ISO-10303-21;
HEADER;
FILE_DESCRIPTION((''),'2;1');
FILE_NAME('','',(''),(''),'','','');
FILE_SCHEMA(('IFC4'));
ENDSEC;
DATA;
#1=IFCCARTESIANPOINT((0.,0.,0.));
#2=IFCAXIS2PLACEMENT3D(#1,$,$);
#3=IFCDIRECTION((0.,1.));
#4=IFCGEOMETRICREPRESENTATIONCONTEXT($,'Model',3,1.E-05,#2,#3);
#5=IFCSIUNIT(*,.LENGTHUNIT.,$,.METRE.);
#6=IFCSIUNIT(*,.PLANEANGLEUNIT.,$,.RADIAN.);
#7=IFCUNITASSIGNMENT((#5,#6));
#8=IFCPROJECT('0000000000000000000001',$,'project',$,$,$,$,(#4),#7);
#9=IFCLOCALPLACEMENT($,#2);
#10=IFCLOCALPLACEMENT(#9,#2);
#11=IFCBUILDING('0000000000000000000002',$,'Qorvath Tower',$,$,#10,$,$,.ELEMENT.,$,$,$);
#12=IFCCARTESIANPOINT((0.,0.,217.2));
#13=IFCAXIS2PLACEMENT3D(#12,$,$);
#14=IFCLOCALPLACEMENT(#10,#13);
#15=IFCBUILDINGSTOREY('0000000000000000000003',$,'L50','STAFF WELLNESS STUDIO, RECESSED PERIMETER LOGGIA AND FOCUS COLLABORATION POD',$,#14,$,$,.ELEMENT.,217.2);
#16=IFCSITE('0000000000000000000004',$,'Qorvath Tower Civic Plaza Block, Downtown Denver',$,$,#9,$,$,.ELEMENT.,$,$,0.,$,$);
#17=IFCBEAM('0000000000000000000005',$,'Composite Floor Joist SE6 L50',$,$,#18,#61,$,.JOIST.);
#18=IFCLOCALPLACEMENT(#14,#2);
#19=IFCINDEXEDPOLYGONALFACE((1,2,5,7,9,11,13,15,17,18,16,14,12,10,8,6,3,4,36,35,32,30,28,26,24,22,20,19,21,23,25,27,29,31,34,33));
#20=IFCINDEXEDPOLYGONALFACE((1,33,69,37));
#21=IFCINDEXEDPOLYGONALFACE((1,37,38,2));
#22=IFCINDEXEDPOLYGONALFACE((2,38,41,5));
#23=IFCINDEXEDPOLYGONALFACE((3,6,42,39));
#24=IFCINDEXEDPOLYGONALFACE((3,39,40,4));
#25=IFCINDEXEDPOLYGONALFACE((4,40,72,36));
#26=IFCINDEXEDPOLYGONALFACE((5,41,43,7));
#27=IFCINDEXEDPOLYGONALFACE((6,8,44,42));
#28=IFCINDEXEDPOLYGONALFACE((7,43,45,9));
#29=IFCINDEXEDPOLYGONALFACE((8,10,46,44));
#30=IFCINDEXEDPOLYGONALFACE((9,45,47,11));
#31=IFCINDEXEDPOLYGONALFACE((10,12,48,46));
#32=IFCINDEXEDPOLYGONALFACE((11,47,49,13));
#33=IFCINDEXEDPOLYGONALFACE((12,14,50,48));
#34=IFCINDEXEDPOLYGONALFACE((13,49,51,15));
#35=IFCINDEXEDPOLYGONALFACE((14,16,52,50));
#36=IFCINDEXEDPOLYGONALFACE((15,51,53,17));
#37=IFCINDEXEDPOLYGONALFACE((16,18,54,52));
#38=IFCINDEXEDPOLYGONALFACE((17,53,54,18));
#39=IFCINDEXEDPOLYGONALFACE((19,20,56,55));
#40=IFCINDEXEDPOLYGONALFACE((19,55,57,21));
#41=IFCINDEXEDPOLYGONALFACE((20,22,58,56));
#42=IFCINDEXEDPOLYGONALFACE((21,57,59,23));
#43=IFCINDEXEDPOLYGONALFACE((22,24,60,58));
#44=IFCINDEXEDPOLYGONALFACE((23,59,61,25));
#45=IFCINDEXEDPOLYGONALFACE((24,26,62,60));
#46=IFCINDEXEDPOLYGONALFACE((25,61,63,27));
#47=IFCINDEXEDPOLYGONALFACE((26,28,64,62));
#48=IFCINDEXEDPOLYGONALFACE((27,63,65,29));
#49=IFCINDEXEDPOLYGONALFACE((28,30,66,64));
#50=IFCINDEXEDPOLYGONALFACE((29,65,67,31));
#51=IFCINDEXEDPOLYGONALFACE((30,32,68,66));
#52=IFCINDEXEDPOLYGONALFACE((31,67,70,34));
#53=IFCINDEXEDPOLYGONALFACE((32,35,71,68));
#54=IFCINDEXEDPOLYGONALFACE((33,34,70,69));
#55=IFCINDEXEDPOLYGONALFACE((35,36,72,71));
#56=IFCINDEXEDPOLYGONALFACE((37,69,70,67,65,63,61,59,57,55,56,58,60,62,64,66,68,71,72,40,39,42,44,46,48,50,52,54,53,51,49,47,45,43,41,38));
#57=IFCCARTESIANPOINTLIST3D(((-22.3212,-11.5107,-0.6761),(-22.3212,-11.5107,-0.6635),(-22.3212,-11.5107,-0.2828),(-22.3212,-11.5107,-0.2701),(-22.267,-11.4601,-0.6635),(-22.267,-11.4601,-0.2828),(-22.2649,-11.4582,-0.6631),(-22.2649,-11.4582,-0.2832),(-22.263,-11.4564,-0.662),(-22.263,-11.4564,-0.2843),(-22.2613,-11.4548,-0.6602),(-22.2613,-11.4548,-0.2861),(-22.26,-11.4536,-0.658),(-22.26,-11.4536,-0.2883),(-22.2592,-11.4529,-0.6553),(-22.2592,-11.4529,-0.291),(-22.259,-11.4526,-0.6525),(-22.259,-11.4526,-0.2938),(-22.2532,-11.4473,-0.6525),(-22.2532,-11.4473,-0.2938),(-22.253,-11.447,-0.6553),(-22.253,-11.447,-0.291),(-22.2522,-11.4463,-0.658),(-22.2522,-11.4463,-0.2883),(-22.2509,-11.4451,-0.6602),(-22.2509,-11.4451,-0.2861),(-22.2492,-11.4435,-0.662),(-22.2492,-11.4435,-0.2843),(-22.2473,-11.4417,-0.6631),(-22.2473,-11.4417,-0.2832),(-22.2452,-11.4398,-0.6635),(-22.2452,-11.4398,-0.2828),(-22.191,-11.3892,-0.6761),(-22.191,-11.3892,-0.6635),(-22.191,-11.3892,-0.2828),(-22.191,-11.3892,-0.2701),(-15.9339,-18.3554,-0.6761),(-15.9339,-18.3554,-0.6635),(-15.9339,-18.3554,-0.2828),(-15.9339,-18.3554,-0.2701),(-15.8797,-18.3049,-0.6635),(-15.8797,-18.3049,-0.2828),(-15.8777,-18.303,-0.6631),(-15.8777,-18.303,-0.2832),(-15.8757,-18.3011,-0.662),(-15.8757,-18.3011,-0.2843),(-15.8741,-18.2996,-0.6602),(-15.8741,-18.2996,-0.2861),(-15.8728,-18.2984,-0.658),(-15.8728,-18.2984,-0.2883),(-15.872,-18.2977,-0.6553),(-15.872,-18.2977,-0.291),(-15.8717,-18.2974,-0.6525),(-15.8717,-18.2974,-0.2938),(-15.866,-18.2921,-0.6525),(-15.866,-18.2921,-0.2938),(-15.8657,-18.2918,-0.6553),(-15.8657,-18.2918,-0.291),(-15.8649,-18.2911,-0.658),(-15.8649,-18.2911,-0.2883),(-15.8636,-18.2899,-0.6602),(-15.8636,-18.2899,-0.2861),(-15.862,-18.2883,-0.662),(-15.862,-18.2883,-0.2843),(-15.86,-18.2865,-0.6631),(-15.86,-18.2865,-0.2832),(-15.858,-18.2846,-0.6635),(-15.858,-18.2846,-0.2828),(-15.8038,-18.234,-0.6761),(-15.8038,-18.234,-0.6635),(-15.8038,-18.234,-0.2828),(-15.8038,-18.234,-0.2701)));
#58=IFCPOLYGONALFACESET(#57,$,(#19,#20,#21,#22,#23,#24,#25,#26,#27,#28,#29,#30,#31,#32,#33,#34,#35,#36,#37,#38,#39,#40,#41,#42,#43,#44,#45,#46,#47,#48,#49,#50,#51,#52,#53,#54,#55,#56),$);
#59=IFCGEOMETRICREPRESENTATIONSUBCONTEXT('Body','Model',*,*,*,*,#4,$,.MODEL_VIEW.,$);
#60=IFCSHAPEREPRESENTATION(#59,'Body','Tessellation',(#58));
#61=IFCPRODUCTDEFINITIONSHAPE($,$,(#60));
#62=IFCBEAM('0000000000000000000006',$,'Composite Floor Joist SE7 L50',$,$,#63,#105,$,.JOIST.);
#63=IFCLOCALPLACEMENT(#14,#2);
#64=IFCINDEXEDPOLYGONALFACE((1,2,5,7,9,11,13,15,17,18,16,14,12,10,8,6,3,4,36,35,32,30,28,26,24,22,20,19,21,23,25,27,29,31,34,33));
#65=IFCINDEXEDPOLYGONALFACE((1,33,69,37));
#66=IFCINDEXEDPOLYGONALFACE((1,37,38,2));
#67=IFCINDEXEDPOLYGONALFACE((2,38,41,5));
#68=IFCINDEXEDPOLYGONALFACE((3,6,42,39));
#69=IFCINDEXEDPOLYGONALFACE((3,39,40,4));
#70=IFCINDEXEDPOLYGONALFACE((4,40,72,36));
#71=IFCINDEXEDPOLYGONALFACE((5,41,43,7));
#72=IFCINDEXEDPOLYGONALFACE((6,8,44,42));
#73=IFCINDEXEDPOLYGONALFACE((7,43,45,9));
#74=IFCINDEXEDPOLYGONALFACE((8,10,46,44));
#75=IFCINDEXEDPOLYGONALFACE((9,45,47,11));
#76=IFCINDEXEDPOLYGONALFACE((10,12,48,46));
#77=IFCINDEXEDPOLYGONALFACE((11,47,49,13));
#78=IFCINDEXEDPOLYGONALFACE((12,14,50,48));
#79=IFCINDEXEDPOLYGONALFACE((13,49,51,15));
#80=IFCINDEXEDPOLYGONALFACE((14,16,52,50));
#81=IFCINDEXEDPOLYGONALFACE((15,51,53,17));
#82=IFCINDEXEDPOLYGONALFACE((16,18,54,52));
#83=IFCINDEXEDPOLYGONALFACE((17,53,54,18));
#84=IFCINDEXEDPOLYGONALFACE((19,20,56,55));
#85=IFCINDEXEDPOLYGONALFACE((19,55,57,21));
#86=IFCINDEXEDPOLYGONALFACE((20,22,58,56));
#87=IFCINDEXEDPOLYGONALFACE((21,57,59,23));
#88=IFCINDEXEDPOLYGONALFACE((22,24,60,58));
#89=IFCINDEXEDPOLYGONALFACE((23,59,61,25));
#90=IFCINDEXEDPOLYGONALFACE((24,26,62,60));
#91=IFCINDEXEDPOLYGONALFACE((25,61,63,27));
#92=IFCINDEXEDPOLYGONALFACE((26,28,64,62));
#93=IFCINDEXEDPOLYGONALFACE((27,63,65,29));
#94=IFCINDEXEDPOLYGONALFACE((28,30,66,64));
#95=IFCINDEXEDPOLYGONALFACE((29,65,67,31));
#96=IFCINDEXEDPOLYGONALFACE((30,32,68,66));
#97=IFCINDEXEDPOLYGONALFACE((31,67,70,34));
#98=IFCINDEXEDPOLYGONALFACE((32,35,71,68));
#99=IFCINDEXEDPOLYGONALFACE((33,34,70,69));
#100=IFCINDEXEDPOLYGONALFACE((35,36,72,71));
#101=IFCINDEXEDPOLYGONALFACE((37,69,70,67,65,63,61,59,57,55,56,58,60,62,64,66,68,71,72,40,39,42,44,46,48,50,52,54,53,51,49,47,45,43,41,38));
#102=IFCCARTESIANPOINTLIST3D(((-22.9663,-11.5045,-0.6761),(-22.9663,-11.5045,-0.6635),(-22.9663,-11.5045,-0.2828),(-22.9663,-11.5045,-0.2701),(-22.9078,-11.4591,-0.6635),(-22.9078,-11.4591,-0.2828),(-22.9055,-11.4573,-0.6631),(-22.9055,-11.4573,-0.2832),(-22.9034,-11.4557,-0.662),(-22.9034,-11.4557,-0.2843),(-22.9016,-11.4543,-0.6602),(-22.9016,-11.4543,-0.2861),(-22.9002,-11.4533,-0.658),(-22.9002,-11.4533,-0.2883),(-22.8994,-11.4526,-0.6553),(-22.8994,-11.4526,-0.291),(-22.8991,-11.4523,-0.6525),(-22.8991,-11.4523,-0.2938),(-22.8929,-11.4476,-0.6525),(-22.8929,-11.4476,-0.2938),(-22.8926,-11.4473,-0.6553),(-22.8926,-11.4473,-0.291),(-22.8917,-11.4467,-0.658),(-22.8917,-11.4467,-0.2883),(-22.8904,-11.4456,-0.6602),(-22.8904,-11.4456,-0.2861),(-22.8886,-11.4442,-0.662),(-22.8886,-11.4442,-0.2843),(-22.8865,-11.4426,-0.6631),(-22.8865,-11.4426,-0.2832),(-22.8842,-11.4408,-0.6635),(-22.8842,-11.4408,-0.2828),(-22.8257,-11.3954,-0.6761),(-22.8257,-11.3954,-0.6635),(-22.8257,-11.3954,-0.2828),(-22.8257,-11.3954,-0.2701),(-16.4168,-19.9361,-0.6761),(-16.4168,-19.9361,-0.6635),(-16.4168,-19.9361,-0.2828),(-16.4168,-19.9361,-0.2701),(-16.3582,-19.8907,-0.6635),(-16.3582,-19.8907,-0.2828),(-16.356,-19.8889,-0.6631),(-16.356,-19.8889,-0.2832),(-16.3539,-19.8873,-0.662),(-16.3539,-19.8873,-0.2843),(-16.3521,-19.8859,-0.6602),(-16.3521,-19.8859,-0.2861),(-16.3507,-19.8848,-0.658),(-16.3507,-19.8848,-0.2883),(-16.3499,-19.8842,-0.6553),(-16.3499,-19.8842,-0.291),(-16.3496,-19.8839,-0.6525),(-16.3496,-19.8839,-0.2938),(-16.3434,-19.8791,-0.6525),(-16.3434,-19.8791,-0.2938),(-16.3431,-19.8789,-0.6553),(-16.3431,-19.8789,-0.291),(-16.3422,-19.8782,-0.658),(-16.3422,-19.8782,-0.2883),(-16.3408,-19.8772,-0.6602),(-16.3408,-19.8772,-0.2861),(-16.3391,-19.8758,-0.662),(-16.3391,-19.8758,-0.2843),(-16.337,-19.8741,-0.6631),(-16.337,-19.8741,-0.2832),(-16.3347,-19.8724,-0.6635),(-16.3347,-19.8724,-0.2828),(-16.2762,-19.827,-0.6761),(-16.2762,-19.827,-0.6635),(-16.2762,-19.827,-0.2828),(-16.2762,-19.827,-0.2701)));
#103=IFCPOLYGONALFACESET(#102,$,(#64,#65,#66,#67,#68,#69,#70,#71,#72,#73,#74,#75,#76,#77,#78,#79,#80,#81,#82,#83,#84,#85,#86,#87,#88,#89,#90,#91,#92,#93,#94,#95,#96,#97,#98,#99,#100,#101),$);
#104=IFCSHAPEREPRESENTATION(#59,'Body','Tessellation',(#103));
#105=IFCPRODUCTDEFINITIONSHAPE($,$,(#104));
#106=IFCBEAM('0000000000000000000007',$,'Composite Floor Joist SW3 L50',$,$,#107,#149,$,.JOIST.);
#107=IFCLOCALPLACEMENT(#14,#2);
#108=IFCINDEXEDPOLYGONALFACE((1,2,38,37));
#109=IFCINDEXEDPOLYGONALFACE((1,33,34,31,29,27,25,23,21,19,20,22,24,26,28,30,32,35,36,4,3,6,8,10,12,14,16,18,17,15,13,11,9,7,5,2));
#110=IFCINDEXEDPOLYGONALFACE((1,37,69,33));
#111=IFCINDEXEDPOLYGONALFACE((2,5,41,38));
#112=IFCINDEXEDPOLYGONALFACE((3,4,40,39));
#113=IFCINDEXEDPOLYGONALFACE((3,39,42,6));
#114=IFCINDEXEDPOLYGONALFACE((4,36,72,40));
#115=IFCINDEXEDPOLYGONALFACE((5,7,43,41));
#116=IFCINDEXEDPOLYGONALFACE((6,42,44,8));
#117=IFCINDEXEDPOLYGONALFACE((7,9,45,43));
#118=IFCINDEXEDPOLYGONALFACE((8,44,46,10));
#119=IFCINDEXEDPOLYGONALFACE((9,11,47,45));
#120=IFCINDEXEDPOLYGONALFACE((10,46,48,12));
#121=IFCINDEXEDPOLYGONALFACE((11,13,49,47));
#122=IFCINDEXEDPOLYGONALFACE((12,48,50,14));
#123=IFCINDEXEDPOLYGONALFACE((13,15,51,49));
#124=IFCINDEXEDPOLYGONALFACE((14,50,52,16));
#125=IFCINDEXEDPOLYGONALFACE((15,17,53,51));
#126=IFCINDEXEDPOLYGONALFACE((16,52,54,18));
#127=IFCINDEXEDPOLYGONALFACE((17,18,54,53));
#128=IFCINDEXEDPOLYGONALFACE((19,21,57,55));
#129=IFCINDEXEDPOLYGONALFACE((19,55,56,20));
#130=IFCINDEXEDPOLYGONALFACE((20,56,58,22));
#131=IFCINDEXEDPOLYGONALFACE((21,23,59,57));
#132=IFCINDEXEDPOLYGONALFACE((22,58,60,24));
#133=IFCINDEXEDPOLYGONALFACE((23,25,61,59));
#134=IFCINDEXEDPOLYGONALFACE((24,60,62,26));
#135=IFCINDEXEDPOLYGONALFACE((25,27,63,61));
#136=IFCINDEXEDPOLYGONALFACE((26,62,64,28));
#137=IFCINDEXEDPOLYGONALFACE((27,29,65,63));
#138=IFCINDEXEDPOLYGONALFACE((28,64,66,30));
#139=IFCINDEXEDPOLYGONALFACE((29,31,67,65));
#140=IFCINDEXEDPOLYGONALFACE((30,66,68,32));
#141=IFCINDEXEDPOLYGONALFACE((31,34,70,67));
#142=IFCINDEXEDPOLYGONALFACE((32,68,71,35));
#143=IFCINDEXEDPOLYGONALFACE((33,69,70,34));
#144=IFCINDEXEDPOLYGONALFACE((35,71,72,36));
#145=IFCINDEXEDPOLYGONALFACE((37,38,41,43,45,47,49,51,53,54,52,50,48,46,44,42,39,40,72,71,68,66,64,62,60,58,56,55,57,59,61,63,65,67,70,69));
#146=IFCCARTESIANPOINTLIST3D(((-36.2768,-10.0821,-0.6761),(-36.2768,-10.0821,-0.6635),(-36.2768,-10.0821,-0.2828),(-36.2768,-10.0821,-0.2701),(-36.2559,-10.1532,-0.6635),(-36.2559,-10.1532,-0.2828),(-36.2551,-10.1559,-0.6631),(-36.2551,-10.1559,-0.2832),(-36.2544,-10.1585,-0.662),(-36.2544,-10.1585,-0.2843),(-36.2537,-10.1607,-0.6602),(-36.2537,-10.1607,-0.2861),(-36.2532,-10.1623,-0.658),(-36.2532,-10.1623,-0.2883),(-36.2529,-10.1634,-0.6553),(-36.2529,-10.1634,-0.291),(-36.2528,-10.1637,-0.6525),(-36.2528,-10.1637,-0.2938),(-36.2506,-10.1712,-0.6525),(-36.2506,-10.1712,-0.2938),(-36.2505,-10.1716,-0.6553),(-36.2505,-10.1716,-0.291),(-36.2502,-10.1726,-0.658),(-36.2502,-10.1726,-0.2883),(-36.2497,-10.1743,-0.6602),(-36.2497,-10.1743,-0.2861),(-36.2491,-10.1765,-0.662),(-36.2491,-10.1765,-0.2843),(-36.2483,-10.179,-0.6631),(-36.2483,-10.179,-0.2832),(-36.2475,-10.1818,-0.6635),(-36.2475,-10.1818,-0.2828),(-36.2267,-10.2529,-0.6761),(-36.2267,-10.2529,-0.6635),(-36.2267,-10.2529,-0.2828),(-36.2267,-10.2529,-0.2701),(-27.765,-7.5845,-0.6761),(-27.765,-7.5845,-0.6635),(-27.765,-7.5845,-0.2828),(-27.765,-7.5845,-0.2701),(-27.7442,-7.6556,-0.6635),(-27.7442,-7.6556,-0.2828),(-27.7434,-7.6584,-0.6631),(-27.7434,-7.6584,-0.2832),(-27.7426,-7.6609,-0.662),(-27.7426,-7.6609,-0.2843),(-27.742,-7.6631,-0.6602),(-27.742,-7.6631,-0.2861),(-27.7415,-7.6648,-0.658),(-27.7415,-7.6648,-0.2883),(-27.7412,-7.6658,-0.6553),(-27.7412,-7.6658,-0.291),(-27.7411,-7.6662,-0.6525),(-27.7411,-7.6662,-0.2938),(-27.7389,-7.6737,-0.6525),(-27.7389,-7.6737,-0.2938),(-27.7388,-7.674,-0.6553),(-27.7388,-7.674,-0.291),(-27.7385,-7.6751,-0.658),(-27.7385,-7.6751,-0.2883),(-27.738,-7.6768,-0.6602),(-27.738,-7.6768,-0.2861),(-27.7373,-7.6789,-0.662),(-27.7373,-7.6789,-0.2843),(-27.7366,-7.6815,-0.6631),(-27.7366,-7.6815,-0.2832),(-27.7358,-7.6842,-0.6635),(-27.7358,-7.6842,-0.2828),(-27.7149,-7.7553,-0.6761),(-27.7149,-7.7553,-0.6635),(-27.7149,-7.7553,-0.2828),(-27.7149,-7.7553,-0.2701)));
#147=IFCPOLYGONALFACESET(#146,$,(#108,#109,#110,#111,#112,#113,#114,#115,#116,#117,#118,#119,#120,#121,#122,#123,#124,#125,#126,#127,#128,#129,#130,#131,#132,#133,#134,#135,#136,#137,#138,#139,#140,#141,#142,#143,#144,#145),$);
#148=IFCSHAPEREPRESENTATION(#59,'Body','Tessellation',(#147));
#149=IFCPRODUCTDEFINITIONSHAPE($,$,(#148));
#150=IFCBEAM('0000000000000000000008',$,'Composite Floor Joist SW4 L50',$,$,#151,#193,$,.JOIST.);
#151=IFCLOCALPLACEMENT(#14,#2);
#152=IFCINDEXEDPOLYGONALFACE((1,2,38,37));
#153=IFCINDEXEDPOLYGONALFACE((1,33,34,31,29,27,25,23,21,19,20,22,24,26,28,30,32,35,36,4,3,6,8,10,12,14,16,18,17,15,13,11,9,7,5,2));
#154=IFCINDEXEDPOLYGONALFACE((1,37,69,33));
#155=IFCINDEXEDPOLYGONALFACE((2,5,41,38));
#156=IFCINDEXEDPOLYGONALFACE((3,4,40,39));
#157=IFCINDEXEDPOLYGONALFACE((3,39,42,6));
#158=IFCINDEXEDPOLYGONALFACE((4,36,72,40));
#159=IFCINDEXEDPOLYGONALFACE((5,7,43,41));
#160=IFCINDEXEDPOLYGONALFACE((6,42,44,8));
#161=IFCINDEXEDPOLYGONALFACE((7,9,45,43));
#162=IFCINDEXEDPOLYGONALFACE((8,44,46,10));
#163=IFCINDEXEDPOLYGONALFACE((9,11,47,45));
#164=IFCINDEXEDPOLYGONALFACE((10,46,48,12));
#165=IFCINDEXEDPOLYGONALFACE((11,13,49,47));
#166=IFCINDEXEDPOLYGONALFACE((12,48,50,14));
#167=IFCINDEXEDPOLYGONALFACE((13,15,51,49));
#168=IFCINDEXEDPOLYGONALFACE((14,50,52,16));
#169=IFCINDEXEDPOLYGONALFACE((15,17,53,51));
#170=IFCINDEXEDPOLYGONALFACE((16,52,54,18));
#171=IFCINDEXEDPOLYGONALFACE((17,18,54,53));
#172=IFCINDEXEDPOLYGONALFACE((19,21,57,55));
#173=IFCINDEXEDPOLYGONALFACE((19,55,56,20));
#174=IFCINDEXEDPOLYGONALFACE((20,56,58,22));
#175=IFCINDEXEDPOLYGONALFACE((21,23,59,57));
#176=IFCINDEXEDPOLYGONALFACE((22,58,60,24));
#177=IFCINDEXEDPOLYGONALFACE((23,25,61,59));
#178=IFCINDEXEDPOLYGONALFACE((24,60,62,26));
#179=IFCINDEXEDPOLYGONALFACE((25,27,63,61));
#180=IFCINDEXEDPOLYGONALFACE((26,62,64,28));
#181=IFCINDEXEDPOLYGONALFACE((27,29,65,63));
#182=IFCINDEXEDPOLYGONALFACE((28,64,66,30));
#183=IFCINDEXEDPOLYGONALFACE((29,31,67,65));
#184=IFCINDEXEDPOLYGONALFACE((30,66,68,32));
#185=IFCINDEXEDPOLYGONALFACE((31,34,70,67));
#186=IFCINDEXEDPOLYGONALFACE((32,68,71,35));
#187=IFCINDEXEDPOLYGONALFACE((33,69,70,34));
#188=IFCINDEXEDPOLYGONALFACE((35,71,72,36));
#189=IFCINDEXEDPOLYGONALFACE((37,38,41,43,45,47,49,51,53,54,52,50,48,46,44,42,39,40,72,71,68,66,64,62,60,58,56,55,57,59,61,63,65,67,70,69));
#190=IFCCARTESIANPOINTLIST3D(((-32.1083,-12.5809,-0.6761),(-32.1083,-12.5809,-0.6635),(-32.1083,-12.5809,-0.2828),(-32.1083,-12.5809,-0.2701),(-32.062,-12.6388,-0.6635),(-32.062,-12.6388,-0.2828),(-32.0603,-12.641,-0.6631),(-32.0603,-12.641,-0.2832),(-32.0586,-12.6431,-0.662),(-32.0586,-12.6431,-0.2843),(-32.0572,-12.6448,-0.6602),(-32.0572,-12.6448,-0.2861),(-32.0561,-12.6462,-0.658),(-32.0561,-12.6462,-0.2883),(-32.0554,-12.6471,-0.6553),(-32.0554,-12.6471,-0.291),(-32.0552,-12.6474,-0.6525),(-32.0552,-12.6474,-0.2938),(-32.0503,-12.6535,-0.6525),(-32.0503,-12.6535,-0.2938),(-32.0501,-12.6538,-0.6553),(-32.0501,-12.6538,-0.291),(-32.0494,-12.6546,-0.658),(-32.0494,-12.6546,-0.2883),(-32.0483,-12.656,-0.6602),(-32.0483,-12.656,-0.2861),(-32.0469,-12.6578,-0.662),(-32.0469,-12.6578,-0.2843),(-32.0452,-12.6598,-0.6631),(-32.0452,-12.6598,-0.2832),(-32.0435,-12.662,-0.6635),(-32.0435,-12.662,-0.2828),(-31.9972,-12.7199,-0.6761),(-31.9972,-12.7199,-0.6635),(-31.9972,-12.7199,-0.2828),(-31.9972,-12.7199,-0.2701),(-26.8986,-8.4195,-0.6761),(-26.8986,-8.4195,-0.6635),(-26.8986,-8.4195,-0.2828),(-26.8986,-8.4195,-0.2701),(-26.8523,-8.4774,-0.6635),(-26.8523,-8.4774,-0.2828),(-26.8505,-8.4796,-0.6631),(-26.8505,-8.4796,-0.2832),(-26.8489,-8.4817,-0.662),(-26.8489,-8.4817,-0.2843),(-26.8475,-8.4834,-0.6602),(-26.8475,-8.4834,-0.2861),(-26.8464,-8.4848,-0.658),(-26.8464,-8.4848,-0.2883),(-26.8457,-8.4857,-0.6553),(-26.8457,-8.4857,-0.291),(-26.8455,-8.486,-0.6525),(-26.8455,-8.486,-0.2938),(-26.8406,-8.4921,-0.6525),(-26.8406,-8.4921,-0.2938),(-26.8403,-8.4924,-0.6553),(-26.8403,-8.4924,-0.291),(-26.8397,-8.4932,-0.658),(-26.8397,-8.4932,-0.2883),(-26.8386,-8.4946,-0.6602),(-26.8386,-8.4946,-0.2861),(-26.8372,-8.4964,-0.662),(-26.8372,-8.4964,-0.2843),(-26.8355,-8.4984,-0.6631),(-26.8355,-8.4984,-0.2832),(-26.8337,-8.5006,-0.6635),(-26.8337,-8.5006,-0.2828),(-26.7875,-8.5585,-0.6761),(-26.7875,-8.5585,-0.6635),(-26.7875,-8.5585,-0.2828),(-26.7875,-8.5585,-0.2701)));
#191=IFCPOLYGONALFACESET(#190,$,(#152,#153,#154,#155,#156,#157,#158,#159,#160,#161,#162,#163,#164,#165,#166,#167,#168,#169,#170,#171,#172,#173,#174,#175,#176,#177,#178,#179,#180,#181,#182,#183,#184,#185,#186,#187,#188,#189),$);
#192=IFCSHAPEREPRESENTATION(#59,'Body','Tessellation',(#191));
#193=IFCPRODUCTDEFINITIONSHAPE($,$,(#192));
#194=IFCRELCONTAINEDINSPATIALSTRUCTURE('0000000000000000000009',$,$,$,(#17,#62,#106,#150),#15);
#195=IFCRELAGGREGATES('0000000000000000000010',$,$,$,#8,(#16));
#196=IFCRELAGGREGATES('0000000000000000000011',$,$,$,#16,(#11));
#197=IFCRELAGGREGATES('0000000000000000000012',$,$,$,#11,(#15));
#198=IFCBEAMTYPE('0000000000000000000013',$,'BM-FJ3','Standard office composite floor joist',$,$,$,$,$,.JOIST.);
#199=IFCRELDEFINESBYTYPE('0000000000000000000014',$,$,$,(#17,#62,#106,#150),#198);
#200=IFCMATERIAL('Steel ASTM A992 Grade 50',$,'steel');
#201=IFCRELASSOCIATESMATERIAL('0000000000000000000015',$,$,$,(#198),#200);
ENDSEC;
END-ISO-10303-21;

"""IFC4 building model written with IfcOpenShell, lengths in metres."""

from ifc_helpers import new_model, si_unit, direction, frame, origin, origin_2d, place, context, subcontext, project, spatial, i_section, extrude, material, material_profile, profile_set, type_object, element, save


model = new_model("IFC4")

# Units and contexts
model_context = context("Model", 3, precision=1e-05, world=origin(), true_north=direction((0.0, 1.0)))
body_context = subcontext(model_context, "Body", "Model", "MODEL_VIEW")
ifc_project = project(units=[si_unit("LENGTHUNIT", "METRE"), si_unit("PLANEANGLEUNIT", "RADIAN")], contexts=[model_context])

# Site, building, storey
site_placement = place(None, origin())
site = spatial("IfcSite", under=ifc_project, at=site_placement, Name="Qorvath Tower Civic Plaza Block, Downtown Denver", CompositionType="ELEMENT", RefElevation=0.0)
building_placement = place(site_placement, origin())
building = spatial("IfcBuilding", under=site, at=building_placement, Name="Qorvath Tower", CompositionType="ELEMENT")
storey_placement = place(building_placement, frame((0.0, 0.0, 217.2)))
storey = spatial("IfcBuildingStorey", under=building, at=storey_placement, Name="L50", Description="STAFF WELLNESS STUDIO, RECESSED PERIMETER LOGGIA AND FOCUS COLLABORATION POD", CompositionType="ELEMENT", Elevation=217.2)

# Beams
ifc_material_1 = material(Name="Steel ASTM A992 Grade 50", Category="steel")
ifc_material_profile_1 = material_profile(ifc_material_1, i_section(OverallWidth=0.178, OverallDepth=0.406, WebThickness=0.0078, FlangeThickness=0.0127, FilletRadius=0.011, at=origin_2d()), Name="W16x40")
ifc_profile_set_1 = profile_set([ifc_material_profile_1], Name="Steel ASTM A992 Grade 50")
beam_type_1 = type_object("IfcBeamType", Name="BM-FJ3", Description="Standard office composite floor joist", PredefinedType="JOIST", material=ifc_profile_set_1)
beam_1_placement = place(storey_placement, frame((-22.2561, -11.45, -0.4731), z_axis=(0.682249, -0.731119, 0.0), x_axis=(0.731119, 0.682249, 0.0)))
element("IfcBeam", 1, at=beam_1_placement, inside=storey, type_object=beam_type_1, Name="Composite Floor Joist SE6 L50", PredefinedType="JOIST", context=body_context, shape_type="SweptSolid", body=[
    extrude(i_section(OverallWidth=0.178, OverallDepth=0.406, WebThickness=0.0078, FlangeThickness=0.0127, FilletRadius=0.011, at=origin_2d()), origin(), (0.0, 0.0, 1.0), 9.3621),
])
beam_2_placement = place(storey_placement, frame((-22.896, -11.45, -0.4731), z_axis=(0.613451, -0.789733, 0.0), x_axis=(0.789733, 0.613451, 0.0)))
element("IfcBeam", 2, at=beam_2_placement, inside=storey, type_object=beam_type_1, Name="Composite Floor Joist SE7 L50", PredefinedType="JOIST", context=body_context, shape_type="SweptSolid", body=[
    extrude(i_section(OverallWidth=0.178, OverallDepth=0.406, WebThickness=0.0078, FlangeThickness=0.0127, FilletRadius=0.011, at=origin_2d()), origin(), (0.0, 0.0, 1.0), 10.6765),
])
beam_3_placement = place(storey_placement, frame((-27.74, -7.6699, -0.4731), z_axis=(-0.959545, -0.281555, 0.0), x_axis=(0.281555, -0.959545, 0.0)))
element("IfcBeam", 3, at=beam_3_placement, inside=storey, type_object=beam_type_1, Name="Composite Floor Joist SW3 L50", PredefinedType="JOIST", context=body_context, shape_type="SweptSolid", body=[
    extrude(i_section(OverallWidth=0.178, OverallDepth=0.406, WebThickness=0.0078, FlangeThickness=0.0127, FilletRadius=0.011, at=origin_2d()), origin(), (0.0, 0.0, 1.0), 8.8706),
])
beam_4_placement = place(storey_placement, frame((-26.843, -8.489, -0.4731), z_axis=(-0.781337, -0.62411, 0.0), x_axis=(0.62411, -0.781337, 0.0)))
element("IfcBeam", 4, at=beam_4_placement, inside=storey, type_object=beam_type_1, Name="Composite Floor Joist SW4 L50", PredefinedType="JOIST", context=body_context, shape_type="SweptSolid", body=[
    extrude(i_section(OverallWidth=0.178, OverallDepth=0.406, WebThickness=0.0078, FlangeThickness=0.0127, FilletRadius=0.011, at=origin_2d()), origin(), (0.0, 0.0, 1.0), 6.6677),
])

save(model, "model.ifc")
